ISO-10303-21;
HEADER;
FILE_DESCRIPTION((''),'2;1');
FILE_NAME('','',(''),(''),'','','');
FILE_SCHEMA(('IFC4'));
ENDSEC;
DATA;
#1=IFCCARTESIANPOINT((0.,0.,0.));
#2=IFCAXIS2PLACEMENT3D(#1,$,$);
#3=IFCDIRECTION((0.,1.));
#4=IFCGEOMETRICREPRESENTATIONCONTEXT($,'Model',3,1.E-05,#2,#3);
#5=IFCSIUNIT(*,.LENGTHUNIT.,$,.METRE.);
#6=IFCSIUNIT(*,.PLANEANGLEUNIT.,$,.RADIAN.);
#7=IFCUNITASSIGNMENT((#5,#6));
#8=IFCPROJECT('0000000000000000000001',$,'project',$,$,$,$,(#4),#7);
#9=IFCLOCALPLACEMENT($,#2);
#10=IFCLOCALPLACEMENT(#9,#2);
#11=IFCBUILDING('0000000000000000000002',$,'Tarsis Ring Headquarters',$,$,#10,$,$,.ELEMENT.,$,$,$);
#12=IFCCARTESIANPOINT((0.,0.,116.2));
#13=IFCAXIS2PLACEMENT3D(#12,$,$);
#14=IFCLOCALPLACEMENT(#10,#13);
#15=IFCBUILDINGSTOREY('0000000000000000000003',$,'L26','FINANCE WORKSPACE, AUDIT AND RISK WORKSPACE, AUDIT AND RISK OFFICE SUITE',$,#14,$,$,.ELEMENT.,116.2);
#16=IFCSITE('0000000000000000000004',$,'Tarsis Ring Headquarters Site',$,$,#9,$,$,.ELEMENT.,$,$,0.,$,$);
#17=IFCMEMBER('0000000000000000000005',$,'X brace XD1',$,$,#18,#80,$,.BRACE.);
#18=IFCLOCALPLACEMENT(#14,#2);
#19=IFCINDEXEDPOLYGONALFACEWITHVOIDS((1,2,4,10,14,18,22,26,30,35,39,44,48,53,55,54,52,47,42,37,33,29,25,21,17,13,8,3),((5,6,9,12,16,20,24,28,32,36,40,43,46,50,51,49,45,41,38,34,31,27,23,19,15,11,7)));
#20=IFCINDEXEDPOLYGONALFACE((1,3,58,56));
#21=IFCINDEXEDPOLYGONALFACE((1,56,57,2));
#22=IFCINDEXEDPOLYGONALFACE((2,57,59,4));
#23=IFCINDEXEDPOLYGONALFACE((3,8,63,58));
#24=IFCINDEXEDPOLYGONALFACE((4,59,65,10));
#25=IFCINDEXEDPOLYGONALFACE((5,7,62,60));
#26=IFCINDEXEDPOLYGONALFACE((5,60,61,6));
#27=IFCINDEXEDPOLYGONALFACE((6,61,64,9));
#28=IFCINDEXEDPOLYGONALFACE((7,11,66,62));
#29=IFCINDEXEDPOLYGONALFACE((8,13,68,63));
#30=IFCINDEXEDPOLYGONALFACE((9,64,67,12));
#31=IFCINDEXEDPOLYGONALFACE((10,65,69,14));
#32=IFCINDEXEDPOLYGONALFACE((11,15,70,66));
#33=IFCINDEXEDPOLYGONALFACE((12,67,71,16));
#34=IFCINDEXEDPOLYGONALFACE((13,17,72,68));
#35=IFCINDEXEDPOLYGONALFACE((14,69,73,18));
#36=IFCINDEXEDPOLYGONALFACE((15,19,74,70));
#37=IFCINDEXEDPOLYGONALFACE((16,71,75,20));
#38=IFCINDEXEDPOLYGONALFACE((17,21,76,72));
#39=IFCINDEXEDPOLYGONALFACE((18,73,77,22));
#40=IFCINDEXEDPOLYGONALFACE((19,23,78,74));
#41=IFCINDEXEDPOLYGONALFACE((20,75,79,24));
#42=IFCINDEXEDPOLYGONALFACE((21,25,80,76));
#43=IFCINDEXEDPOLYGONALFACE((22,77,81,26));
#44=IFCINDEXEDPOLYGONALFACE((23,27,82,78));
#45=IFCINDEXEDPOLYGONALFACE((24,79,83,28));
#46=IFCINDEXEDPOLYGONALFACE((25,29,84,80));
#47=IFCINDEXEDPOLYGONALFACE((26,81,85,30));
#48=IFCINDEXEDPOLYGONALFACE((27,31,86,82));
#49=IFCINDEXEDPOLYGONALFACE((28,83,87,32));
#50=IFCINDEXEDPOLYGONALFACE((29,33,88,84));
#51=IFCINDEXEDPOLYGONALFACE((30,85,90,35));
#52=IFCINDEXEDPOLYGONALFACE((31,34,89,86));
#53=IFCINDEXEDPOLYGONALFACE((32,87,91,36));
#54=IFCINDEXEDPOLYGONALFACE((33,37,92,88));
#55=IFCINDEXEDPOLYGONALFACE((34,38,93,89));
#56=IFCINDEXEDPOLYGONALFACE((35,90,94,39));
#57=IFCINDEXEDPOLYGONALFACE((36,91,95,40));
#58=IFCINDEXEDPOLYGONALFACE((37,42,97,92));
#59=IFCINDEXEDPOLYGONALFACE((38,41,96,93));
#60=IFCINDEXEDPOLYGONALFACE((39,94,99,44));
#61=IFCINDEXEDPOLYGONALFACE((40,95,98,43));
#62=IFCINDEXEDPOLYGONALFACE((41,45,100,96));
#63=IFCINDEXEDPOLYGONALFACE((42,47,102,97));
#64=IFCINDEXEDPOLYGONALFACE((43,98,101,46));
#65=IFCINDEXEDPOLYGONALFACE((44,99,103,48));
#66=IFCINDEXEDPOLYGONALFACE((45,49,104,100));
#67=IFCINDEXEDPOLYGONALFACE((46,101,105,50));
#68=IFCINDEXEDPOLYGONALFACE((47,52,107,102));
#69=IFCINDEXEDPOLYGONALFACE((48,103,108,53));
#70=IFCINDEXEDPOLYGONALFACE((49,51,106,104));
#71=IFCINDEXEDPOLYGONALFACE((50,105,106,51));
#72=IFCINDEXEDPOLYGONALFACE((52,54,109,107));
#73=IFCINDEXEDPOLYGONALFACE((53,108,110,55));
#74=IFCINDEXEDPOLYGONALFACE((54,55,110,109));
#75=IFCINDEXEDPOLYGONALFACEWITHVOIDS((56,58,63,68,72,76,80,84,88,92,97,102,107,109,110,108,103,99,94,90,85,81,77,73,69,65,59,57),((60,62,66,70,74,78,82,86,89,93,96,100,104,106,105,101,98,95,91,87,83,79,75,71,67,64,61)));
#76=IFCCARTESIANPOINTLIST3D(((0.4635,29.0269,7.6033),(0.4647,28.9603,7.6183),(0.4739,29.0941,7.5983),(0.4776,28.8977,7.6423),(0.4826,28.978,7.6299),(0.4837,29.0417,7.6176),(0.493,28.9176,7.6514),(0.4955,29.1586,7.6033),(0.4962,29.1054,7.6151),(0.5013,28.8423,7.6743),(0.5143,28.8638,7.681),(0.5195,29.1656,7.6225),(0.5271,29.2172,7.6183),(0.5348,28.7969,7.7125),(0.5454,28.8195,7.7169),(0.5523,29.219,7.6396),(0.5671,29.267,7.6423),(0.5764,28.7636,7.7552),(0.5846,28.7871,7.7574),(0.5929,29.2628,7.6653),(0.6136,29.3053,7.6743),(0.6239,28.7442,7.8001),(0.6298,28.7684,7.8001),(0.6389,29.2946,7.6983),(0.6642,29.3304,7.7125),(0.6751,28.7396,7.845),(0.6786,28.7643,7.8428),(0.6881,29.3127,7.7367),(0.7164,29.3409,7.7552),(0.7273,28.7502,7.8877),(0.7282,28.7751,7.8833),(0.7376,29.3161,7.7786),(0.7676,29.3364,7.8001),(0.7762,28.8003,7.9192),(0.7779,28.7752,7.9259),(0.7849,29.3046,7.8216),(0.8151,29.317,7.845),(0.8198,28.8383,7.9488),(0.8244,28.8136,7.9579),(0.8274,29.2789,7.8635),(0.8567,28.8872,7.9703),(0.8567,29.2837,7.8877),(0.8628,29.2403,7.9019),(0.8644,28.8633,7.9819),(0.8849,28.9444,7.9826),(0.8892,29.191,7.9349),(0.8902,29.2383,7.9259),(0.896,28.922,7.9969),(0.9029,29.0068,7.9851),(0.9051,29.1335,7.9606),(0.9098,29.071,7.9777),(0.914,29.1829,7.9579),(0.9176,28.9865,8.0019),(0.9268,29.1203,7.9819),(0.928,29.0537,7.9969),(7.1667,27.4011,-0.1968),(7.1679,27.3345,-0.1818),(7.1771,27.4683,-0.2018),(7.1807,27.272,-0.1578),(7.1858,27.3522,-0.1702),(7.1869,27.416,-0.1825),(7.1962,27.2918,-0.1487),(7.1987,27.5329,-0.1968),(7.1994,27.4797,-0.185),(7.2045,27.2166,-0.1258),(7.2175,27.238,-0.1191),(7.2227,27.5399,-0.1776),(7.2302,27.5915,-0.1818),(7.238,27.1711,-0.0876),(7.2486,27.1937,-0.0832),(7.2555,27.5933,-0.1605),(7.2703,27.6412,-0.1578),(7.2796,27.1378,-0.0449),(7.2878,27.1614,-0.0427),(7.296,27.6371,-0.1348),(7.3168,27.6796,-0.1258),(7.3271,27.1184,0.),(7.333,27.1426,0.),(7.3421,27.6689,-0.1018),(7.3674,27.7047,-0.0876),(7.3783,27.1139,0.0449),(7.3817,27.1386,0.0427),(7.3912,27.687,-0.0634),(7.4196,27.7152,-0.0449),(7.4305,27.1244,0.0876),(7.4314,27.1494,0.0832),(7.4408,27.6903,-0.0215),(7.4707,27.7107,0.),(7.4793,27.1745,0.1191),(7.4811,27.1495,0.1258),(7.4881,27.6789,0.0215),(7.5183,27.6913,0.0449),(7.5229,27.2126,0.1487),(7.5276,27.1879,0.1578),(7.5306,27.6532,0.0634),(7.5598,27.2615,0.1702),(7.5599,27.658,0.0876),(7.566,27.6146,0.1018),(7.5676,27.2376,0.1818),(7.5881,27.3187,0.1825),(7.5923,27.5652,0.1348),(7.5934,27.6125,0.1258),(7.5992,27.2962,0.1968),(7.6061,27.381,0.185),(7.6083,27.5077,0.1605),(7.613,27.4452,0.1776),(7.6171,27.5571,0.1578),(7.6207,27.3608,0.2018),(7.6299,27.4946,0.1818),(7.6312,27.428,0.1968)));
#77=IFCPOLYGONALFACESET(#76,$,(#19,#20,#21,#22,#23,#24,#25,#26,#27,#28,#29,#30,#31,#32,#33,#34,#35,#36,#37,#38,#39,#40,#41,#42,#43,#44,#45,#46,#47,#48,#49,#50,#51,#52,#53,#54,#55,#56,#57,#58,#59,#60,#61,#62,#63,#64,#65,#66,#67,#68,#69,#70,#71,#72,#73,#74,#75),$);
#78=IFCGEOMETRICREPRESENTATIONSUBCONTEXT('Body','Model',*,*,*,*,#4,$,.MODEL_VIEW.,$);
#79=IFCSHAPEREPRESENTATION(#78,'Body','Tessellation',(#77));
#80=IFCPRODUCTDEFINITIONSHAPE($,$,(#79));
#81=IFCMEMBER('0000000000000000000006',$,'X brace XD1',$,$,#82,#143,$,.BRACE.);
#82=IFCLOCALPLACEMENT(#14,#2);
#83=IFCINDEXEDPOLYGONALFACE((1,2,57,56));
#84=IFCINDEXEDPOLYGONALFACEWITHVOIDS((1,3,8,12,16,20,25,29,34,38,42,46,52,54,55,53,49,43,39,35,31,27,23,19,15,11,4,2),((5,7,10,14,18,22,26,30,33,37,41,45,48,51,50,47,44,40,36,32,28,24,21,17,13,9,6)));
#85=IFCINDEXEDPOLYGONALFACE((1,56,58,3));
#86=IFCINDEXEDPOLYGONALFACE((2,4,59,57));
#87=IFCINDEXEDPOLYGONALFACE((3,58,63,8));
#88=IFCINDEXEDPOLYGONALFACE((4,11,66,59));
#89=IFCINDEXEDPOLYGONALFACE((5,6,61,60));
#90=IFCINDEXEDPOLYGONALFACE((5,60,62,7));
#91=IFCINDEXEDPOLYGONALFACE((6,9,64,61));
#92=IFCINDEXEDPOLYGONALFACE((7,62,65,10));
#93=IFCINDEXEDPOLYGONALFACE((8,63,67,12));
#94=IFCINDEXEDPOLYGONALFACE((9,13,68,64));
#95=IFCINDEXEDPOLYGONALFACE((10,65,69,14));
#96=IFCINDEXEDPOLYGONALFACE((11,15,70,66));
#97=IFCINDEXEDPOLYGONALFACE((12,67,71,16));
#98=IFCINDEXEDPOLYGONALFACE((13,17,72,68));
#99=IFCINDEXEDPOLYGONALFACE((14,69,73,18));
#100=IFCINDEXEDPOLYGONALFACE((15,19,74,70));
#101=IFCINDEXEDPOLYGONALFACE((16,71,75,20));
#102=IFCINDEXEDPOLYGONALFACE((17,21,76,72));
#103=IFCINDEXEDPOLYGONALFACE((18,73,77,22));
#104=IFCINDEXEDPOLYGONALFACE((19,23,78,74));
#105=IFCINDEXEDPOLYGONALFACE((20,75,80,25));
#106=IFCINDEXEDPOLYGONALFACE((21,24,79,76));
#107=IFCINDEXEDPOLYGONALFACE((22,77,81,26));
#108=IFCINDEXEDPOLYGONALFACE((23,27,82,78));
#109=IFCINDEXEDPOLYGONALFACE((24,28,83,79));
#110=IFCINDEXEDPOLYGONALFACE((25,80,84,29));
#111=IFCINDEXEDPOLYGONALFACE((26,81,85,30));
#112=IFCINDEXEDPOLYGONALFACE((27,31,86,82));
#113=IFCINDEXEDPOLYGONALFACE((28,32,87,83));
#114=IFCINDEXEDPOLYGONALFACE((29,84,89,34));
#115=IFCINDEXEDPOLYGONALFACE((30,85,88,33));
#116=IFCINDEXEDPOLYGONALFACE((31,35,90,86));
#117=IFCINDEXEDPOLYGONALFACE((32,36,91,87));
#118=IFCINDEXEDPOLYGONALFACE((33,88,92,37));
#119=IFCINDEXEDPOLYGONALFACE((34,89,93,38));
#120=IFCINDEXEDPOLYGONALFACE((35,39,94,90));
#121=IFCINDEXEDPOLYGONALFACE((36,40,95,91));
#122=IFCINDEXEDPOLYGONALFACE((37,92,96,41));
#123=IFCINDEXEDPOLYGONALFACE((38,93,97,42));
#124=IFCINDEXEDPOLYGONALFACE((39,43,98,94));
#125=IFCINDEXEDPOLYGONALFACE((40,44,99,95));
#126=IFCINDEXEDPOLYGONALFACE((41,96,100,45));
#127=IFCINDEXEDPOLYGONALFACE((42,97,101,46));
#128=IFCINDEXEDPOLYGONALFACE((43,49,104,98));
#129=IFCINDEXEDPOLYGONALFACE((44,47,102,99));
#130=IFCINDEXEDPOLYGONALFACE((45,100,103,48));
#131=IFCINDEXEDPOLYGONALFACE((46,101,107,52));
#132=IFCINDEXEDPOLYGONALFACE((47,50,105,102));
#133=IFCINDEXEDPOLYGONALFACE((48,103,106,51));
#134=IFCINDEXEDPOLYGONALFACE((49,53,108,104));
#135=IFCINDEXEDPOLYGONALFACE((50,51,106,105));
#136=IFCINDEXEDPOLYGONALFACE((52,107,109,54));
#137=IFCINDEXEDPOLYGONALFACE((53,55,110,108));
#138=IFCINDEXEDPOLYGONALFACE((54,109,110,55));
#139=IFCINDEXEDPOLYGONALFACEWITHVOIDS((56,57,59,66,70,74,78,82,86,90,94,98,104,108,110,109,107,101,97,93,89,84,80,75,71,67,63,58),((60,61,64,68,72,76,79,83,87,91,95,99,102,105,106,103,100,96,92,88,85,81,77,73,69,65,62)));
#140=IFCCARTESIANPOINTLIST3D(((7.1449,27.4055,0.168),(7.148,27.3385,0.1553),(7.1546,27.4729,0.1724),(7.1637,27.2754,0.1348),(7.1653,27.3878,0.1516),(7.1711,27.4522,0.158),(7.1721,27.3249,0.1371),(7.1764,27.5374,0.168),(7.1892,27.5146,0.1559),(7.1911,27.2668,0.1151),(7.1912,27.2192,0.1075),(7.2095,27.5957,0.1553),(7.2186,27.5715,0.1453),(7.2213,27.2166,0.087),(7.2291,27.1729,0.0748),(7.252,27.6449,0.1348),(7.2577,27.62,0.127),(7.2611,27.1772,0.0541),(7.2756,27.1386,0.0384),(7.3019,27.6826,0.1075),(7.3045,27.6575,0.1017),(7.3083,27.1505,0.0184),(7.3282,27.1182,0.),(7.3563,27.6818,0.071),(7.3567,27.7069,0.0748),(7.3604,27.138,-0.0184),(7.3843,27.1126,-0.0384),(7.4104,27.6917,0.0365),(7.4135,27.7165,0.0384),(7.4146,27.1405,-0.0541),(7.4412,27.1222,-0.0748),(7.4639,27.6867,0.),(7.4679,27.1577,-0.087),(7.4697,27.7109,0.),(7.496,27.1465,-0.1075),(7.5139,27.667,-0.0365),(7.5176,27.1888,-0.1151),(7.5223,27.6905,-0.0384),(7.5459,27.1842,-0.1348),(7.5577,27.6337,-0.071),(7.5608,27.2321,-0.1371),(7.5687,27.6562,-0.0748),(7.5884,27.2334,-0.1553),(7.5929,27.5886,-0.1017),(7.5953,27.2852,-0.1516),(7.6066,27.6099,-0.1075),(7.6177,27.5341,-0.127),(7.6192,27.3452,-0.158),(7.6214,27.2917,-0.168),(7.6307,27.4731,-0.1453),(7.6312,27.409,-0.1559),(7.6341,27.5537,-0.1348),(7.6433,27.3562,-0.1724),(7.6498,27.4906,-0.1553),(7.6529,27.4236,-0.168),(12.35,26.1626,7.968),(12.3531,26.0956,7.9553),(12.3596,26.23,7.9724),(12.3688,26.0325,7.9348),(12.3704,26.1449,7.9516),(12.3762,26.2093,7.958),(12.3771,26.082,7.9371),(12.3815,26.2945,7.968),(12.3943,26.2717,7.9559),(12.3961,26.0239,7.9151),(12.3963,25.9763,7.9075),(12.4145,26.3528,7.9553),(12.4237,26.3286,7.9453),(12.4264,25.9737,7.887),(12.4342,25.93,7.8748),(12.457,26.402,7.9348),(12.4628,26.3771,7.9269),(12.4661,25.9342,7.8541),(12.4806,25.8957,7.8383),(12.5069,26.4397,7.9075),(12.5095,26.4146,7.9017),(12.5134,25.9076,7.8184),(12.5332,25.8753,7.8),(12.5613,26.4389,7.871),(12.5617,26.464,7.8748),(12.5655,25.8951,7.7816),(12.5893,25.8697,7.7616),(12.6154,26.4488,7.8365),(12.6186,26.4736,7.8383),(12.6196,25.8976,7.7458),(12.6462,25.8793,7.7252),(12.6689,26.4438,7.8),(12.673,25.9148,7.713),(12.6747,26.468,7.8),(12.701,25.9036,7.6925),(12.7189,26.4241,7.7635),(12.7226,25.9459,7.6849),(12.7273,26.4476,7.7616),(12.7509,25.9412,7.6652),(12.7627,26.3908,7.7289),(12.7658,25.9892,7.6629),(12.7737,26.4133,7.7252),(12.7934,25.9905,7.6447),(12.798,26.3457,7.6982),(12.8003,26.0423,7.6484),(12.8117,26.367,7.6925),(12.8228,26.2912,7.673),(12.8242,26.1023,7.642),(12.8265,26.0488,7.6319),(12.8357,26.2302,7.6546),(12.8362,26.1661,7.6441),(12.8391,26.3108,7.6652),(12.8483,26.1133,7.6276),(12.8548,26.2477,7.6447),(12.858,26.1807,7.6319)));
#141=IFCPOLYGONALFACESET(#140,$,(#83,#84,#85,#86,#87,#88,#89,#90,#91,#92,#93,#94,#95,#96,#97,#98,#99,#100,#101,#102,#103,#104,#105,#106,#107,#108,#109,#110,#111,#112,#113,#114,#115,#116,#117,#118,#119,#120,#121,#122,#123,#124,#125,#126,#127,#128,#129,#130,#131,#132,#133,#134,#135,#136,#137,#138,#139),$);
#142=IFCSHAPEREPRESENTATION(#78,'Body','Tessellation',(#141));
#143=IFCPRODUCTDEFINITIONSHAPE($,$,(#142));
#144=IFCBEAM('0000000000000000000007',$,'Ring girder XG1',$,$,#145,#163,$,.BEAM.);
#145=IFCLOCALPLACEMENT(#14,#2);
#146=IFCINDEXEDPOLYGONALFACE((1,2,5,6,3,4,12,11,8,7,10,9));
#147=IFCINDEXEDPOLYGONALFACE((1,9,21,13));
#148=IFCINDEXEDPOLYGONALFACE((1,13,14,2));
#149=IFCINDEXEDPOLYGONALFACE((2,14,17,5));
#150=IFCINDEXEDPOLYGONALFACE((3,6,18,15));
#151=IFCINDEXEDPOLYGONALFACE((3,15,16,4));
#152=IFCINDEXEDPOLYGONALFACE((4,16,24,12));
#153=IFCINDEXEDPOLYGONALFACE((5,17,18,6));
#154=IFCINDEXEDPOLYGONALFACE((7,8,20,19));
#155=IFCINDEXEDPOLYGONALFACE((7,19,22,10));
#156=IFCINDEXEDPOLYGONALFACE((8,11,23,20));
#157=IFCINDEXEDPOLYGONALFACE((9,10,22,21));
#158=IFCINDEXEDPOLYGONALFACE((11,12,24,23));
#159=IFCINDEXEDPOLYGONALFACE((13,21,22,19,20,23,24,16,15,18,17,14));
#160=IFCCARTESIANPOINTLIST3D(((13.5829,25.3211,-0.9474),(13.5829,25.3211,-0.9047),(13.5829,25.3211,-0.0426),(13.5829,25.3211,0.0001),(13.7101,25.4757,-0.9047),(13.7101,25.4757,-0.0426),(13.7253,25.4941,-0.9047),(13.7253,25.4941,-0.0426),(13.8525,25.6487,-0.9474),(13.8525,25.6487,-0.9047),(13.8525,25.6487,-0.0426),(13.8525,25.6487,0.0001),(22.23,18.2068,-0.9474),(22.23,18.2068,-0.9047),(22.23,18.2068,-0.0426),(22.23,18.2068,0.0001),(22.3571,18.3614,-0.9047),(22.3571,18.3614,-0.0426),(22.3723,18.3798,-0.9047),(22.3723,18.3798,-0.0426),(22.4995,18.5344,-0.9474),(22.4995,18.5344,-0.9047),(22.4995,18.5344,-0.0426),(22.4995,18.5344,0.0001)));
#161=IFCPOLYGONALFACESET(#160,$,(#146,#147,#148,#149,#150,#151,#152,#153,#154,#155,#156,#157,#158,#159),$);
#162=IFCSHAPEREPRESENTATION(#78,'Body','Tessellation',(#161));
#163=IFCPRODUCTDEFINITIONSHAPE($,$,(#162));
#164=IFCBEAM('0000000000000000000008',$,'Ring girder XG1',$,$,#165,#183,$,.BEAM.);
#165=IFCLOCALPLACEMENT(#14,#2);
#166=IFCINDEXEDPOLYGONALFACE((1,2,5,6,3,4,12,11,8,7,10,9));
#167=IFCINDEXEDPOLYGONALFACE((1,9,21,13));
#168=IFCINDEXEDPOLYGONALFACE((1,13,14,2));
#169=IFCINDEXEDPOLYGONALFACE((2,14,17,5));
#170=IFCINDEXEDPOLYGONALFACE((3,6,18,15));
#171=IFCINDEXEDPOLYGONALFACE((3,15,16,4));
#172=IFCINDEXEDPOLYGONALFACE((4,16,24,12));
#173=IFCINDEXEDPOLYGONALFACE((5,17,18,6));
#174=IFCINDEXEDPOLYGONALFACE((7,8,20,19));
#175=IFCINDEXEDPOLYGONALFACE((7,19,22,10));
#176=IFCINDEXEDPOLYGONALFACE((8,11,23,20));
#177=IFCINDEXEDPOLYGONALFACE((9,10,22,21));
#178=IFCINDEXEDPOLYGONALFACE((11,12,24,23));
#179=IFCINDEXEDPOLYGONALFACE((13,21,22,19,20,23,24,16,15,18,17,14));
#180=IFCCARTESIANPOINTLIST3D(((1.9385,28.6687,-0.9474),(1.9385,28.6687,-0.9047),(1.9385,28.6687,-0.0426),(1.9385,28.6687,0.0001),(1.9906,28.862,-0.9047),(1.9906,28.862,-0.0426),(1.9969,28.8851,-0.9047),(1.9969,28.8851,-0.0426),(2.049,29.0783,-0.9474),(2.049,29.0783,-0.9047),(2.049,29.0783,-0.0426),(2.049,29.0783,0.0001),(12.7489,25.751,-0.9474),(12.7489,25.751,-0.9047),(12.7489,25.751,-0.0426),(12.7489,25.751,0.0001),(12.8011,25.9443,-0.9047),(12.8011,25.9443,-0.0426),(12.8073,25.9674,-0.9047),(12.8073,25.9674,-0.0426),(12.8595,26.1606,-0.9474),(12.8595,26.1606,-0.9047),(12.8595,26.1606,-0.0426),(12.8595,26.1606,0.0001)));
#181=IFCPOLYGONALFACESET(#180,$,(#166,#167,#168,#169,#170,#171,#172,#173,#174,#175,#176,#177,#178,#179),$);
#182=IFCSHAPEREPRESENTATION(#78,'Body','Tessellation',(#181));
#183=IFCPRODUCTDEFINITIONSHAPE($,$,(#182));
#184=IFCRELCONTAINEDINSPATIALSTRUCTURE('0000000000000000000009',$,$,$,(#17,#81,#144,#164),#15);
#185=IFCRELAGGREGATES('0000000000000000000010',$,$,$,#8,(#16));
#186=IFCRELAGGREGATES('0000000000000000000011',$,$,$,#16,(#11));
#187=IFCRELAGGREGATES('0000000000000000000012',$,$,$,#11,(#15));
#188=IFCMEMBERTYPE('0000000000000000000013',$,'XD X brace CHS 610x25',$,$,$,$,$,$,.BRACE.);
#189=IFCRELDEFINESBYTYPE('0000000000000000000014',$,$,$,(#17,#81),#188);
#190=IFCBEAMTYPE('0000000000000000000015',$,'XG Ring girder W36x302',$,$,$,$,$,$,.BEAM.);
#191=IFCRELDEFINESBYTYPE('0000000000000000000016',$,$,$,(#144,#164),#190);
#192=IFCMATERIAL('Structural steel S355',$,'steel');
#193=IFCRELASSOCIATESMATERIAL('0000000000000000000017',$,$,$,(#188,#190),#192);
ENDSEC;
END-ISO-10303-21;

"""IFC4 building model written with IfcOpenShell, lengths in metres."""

from ifc_helpers import new_model, si_unit, direction, frame, origin, origin_2d, place, context, subcontext, project, spatial, hollow_circle, i_section, extrude, material, material_profile, profile_set, type_object, element, save


model = new_model("IFC4")

# Units and contexts
model_context = context("Model", 3, precision=1e-05, world=origin(), true_north=direction((0.0, 1.0)))
body_context = subcontext(model_context, "Body", "Model", "MODEL_VIEW")
ifc_project = project(units=[si_unit("LENGTHUNIT", "METRE"), si_unit("PLANEANGLEUNIT", "RADIAN")], contexts=[model_context])

# Site, building, storey
site_placement = place(None, origin())
site = spatial("IfcSite", under=ifc_project, at=site_placement, Name="Tarsis Ring Headquarters Site", CompositionType="ELEMENT", RefElevation=0.0)
building_placement = place(site_placement, origin())
building = spatial("IfcBuilding", under=site, at=building_placement, Name="Tarsis Ring Headquarters", CompositionType="ELEMENT")
storey_placement = place(building_placement, frame((0.0, 0.0, 116.2)))
storey = spatial("IfcBuildingStorey", under=building, at=storey_placement, Name="L26", Description="FINANCE WORKSPACE, AUDIT AND RISK WORKSPACE, AUDIT AND RISK OFFICE SUITE", CompositionType="ELEMENT", Elevation=116.2)

# Shared definitions
ifc_material_1 = material(Name="Structural steel S355", Category="steel")

# Members
ifc_material_profile_1 = material_profile(ifc_material_1, hollow_circle(Radius=0.3047, WallThickness=0.0249, at=origin_2d()), Name="CHS 610x25")
ifc_profile_set_1 = profile_set([ifc_material_profile_1], Name="Structural steel S355")
member_type = type_object("IfcMemberType", Name="XD X brace CHS 610x25", PredefinedType="BRACE", material=ifc_profile_set_1)
member_1_placement = place(storey_placement, frame((7.3989, 27.4146, 0.0), z_axis=(-0.643771, 0.156136, 0.74912), x_axis=(-0.2357, -0.971826, 0.0)))
element("IfcMember", 1, at=member_1_placement, inside=storey, type_object=member_type, Name="X brace XD1", PredefinedType="BRACE", context=body_context, shape_type="SweptSolid", body=[
    extrude(hollow_circle(Radius=0.3047, WallThickness=0.0249, at=origin_2d()), origin(), (0.0, 0.0, 1.0), 10.4124),
])
member_2_placement = place(storey_placement, frame((7.3989, 27.4146, 0.0), z_axis=(0.55026, -0.131397, 0.82459), x_axis=(0.23226, 0.972654, 0.0)))
element("IfcMember", 2, at=member_2_placement, inside=storey, type_object=member_type, Name="X brace XD1", PredefinedType="BRACE", context=body_context, shape_type="SweptSolid", body=[
    extrude(hollow_circle(Radius=0.3047, WallThickness=0.0249, at=origin_2d()), origin(), (0.0, 0.0, 1.0), 9.4592),
])

# Beams
ifc_material_profile_2 = material_profile(ifc_material_1, i_section(OverallWidth=0.4243, OverallDepth=0.9475, WebThickness=0.0239, FlangeThickness=0.0427, at=origin_2d()), Name="W36x302")
ifc_profile_set_2 = profile_set([ifc_material_profile_2], Name="Structural steel S355")
beam_type_1 = type_object("IfcBeamType", Name="XG Ring girder W36x302", PredefinedType="BEAM", material=ifc_profile_set_2)
beam_1_placement = place(storey_placement, frame((22.3647, 18.3706, -0.4736), z_axis=(-0.772227, 0.635346, 0.0), x_axis=(-0.635346, -0.772227, 0.0)))
element("IfcBeam", 3, at=beam_1_placement, inside=storey, type_object=beam_type_1, Name="Ring girder XG1", PredefinedType="BEAM", context=body_context, shape_type="SweptSolid", body=[
    extrude(i_section(OverallWidth=0.4243, OverallDepth=0.9475, WebThickness=0.0239, FlangeThickness=0.0427, at=origin_2d()), origin(), (0.0, 0.0, 1.0), 11.1975),
])
beam_2_placement = place(storey_placement, frame((12.8042, 25.9558, -0.4736), z_axis=(-0.965454, 0.260572, 0.0), x_axis=(-0.260572, -0.965454, 0.0)))
element("IfcBeam", 4, at=beam_2_placement, inside=storey, type_object=beam_type_1, Name="Ring girder XG1", PredefinedType="BEAM", context=body_context, shape_type="SweptSolid", body=[
    extrude(i_section(OverallWidth=0.4243, OverallDepth=0.9475, WebThickness=0.0239, FlangeThickness=0.0427, at=origin_2d()), origin(), (0.0, 0.0, 1.0), 11.1973),
])

save(model, "model.ifc")
